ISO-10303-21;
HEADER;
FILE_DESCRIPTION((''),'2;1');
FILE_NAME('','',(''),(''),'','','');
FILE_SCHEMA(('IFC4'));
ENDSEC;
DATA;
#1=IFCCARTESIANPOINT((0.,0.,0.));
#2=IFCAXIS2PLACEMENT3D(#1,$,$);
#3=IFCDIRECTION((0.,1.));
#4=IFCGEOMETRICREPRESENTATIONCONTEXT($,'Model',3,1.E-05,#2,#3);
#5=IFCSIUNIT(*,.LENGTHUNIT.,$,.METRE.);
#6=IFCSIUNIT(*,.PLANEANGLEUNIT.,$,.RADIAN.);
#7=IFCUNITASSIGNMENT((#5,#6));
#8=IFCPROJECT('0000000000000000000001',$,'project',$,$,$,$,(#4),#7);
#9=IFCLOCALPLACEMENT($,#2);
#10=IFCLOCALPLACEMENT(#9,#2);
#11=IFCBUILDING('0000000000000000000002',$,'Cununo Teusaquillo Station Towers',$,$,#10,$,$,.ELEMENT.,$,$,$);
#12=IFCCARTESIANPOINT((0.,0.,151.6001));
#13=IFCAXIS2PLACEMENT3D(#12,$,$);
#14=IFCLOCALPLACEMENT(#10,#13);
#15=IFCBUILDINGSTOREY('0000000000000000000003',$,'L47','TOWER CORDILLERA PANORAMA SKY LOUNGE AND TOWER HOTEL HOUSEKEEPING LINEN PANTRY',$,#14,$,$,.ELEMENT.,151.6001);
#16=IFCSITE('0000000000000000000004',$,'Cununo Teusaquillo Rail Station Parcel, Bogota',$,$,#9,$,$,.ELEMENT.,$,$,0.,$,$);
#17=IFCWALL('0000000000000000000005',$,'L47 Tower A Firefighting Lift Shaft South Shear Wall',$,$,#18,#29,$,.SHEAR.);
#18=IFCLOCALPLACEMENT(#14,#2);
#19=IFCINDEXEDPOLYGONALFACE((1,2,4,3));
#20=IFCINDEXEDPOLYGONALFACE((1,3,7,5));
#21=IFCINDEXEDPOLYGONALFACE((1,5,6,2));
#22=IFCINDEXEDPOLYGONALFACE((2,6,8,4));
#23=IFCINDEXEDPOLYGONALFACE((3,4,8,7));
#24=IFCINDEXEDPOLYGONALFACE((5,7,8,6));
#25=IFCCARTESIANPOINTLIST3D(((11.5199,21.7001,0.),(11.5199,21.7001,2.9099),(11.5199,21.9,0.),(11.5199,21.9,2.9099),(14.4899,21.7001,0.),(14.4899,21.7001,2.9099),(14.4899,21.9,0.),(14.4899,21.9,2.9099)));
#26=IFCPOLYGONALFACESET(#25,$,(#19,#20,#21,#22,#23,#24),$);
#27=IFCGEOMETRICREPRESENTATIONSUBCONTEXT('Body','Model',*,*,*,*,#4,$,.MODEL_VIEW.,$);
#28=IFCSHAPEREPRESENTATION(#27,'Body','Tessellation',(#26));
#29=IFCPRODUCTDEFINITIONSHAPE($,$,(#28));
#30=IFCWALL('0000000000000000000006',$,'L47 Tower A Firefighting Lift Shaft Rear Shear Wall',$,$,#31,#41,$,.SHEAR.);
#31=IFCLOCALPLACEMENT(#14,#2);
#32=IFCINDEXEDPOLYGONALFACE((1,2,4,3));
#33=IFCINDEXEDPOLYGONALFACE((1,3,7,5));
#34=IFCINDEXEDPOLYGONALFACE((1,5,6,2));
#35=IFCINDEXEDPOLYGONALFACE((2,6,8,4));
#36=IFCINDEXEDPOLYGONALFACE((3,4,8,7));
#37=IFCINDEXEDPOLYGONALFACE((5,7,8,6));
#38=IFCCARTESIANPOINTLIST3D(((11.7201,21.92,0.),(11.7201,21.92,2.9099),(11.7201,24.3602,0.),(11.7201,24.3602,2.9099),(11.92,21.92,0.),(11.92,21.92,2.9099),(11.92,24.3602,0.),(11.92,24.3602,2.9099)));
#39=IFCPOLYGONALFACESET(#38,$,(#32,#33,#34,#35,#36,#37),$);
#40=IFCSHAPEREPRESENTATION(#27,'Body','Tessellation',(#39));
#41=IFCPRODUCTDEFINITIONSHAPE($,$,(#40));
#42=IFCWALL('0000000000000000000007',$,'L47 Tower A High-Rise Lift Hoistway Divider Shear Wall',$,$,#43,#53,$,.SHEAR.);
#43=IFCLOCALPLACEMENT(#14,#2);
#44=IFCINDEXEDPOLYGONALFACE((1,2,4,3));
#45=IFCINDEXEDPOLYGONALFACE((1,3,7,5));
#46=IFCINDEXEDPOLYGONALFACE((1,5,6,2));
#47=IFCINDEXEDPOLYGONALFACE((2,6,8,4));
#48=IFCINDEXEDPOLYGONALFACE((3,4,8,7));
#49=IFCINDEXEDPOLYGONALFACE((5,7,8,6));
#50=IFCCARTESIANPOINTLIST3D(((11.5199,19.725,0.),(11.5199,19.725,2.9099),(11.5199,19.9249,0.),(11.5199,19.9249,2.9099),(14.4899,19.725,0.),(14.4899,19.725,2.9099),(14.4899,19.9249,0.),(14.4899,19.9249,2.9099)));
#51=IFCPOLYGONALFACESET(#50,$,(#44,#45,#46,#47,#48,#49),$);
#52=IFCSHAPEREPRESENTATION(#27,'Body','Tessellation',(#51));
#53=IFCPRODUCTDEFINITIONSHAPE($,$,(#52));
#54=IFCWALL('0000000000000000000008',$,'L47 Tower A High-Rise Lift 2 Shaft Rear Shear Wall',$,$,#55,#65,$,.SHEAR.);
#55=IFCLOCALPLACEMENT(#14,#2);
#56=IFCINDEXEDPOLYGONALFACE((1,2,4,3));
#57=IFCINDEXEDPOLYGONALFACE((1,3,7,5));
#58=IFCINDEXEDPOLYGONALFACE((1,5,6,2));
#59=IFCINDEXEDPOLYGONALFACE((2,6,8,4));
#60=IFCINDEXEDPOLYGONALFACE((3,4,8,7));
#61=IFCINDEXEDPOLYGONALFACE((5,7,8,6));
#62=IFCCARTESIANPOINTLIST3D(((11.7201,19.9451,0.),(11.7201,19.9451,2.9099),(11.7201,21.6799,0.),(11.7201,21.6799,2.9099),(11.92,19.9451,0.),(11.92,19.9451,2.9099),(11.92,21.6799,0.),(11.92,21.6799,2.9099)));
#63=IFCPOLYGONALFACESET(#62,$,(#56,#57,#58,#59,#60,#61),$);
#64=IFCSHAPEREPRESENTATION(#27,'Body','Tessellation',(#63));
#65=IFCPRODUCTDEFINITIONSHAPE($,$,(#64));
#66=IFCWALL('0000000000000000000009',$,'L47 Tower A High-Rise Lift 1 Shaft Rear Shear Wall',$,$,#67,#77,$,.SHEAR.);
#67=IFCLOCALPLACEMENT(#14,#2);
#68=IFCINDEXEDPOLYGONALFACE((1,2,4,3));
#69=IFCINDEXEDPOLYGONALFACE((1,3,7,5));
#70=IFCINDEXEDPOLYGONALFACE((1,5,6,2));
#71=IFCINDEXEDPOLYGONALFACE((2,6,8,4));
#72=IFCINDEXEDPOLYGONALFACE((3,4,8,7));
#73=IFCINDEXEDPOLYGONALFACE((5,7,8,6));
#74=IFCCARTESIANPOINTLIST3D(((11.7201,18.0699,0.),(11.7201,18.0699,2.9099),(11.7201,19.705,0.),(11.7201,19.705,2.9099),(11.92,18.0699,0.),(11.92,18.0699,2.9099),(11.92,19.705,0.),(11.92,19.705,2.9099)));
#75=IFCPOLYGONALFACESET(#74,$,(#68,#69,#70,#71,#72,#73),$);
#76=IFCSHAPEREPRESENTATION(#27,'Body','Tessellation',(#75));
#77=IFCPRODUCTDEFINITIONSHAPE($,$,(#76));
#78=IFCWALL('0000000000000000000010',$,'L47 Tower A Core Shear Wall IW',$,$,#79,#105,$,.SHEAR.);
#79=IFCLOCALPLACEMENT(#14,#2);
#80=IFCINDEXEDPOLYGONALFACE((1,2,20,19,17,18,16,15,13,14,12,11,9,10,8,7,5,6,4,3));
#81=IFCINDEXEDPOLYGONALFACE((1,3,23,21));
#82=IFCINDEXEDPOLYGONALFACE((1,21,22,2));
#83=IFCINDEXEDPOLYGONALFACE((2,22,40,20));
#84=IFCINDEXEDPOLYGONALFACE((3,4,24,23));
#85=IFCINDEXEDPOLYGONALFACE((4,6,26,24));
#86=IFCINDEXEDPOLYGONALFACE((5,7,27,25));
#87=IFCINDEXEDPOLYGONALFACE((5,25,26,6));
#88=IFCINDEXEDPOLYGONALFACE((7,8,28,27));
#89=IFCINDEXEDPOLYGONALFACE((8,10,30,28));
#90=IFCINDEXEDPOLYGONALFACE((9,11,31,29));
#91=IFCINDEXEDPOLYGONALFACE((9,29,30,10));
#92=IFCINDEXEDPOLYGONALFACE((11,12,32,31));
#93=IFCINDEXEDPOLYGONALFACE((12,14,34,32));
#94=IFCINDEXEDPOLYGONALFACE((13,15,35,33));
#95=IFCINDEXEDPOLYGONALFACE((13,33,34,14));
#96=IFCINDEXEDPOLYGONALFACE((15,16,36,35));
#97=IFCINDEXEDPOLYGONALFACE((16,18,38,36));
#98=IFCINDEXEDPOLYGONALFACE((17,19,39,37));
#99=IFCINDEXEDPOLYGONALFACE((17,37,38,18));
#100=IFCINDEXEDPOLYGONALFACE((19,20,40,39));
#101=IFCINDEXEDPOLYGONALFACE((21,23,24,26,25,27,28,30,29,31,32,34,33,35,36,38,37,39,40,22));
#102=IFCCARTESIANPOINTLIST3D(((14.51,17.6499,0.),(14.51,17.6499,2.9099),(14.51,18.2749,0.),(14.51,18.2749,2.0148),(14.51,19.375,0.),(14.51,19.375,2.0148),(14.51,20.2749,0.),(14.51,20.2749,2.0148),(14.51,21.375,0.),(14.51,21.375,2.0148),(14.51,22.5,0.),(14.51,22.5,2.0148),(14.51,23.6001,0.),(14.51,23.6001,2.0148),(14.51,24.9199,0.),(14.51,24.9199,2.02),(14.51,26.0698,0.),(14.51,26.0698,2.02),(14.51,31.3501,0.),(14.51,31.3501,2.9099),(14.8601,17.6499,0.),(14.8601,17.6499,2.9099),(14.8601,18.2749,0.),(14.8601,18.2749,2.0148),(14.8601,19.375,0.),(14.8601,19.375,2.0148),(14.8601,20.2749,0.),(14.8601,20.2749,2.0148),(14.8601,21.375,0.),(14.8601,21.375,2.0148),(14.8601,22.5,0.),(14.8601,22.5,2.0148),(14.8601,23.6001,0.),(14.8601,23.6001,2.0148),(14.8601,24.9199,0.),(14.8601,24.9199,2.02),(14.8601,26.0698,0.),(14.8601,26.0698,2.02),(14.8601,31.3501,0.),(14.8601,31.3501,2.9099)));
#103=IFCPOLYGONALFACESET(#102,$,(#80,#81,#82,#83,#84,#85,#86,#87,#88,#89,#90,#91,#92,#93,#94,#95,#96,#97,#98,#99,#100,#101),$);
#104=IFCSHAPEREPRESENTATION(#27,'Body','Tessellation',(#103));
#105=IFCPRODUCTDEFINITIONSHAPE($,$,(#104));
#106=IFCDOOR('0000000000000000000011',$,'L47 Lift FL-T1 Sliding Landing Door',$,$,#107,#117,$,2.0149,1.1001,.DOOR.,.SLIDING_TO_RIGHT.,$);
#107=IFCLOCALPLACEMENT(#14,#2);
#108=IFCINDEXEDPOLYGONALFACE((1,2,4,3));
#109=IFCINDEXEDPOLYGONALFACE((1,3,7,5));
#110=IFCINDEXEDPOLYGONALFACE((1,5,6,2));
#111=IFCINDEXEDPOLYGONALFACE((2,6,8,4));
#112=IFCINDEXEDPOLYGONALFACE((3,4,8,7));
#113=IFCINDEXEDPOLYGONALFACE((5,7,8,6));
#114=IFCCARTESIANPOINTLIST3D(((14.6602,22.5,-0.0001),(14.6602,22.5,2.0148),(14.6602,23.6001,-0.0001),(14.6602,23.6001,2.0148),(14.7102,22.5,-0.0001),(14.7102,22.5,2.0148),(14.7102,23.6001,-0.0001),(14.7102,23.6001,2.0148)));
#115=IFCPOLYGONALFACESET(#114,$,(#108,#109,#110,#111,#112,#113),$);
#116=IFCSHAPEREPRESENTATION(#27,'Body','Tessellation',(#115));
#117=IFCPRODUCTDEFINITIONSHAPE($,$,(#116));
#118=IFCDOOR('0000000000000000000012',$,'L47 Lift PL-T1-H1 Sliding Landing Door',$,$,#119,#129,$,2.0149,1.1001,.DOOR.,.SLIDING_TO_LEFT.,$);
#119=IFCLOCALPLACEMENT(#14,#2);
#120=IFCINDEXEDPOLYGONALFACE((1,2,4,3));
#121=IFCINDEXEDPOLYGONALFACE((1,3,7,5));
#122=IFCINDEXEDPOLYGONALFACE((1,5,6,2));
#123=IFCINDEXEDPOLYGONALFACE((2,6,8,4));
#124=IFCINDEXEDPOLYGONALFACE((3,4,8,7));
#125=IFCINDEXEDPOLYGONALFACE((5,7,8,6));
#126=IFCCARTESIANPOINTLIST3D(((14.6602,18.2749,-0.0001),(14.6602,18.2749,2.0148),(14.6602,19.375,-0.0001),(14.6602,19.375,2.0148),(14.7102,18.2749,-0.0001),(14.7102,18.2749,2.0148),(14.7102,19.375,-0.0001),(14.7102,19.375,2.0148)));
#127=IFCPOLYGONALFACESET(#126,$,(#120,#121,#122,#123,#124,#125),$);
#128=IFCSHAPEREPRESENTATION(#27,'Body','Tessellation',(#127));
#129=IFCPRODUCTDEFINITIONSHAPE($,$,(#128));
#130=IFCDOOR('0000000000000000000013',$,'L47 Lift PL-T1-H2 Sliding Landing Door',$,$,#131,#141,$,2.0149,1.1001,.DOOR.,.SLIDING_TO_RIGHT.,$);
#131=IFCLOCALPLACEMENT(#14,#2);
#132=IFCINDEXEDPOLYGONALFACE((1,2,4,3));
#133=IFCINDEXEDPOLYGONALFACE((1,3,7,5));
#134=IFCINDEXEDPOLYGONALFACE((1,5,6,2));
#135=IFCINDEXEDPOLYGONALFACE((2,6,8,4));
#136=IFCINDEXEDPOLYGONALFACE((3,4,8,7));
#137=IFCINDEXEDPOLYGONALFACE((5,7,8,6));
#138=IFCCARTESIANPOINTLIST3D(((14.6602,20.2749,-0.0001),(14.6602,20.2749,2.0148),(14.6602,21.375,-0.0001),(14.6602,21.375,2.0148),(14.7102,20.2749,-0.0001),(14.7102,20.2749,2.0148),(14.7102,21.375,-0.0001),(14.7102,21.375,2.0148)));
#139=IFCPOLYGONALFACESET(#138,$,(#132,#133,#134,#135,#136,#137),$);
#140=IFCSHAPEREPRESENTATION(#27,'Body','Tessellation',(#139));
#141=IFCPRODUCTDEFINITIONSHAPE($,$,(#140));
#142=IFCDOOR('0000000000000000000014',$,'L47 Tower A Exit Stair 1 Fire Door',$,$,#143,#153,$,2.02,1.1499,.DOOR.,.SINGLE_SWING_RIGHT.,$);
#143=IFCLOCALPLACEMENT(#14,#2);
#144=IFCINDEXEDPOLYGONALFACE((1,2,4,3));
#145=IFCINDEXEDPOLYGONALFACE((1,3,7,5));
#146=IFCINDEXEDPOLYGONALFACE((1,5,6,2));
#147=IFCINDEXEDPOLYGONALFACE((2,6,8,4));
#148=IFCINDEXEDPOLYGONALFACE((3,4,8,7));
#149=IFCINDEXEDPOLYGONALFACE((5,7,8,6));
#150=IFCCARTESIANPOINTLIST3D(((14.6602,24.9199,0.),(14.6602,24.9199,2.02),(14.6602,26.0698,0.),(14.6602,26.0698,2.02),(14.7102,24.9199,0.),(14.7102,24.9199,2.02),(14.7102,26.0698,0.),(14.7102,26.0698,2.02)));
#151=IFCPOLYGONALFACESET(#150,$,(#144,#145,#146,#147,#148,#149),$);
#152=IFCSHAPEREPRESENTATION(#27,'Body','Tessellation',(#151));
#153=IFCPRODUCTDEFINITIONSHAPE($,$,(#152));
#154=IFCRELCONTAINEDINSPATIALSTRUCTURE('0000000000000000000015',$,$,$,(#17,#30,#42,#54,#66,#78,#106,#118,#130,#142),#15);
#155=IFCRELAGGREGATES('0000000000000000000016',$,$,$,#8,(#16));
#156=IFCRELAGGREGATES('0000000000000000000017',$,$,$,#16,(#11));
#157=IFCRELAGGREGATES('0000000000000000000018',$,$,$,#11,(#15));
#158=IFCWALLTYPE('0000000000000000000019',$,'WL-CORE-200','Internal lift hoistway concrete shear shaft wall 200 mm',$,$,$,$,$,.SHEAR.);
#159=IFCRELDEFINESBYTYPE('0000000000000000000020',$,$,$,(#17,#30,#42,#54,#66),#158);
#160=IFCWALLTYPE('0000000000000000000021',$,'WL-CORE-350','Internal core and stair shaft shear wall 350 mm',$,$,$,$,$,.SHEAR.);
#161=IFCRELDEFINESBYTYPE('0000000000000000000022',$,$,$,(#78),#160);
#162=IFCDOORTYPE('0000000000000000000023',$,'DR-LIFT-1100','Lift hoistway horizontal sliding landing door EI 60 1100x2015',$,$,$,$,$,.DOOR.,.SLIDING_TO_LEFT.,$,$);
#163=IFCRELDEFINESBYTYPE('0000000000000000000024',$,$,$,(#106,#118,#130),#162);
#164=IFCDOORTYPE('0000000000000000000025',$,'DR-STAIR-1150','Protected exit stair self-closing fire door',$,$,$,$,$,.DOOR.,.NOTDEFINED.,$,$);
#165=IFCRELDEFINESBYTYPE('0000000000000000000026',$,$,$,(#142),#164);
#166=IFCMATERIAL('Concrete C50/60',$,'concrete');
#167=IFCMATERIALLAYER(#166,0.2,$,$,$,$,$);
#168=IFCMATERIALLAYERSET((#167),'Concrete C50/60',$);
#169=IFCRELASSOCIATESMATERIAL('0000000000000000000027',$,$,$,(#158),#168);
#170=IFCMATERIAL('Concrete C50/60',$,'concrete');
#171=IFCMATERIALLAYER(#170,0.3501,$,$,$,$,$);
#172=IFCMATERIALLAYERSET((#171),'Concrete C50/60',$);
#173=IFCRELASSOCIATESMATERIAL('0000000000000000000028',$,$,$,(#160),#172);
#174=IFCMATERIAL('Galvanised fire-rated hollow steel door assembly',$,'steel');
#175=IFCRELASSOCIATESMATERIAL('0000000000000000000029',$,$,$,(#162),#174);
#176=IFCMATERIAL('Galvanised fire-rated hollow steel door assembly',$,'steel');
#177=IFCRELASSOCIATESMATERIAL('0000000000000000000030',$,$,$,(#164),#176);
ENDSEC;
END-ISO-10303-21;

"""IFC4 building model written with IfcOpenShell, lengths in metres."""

from ifc_helpers import new_model, si_unit, direction, frame, frame_2d, origin, place, context, subcontext, project, spatial, rectangle, extrude, source, transform, mapped, material, layer, layer_set, type_object, element, fill, save


model = new_model("IFC4")

# Units and contexts
model_context = context("Model", 3, precision=1e-05, world=origin(), true_north=direction((0.0, 1.0)))
body_context = subcontext(model_context, "Body", "Model", "MODEL_VIEW")
ifc_project = project(units=[si_unit("LENGTHUNIT", "METRE"), si_unit("PLANEANGLEUNIT", "RADIAN")], contexts=[model_context])

# Site, building, storey
site_placement = place(None, origin())
site = spatial("IfcSite", under=ifc_project, at=site_placement, Name="Cununo Teusaquillo Rail Station Parcel, Bogota", CompositionType="ELEMENT", RefElevation=0.0)
building_placement = place(site_placement, origin())
building = spatial("IfcBuilding", under=site, at=building_placement, Name="Cununo Teusaquillo Station Towers", CompositionType="ELEMENT")
storey_placement = place(building_placement, frame((0.0, 0.0, 151.6001)))
storey = spatial("IfcBuildingStorey", under=building, at=storey_placement, Name="L47", Description="TOWER CORDILLERA PANORAMA SKY LOUNGE AND TOWER HOTEL HOUSEKEEPING LINEN PANTRY", CompositionType="ELEMENT", Elevation=151.6001)

# Walls
ifc_material_1 = material(Name="Concrete C50/60", Category="concrete")
ifc_layer_1 = layer(ifc_material_1, 0.2)
ifc_layer_set_1 = layer_set([ifc_layer_1], Name="Concrete C50/60")
wall_type_1 = type_object("IfcWallType", Name="WL-CORE-200", Description="Internal lift hoistway concrete shear shaft wall 200 mm", PredefinedType="SHEAR", material=ifc_layer_set_1)
wall_1_placement = place(storey_placement, frame((11.52, 21.8, 0.0), z_axis=(0.0, 0.0, 1.0), x_axis=(1.0, 0.0, 0.0)))
element("IfcWall", 1, at=wall_1_placement, inside=storey, type_object=wall_type_1, Name="L47 Tower A Firefighting Lift Shaft South Shear Wall", PredefinedType="SHEAR", context=body_context, shape_type="SweptSolid", body=[
    extrude(rectangle(XDim=2.97, YDim=0.2, at=frame_2d((1.4849, 0.0))), origin(), (0.0, 0.0, 1.0), 2.9099),
])
wall_2_placement = place(storey_placement, frame((11.8201, 21.9199, 0.0), z_axis=(0.0, 0.0, 1.0), x_axis=(0.0, 1.0, 0.0)))
element("IfcWall", 2, at=wall_2_placement, inside=storey, type_object=wall_type_1, Name="L47 Tower A Firefighting Lift Shaft Rear Shear Wall", PredefinedType="SHEAR", context=body_context, shape_type="SweptSolid", body=[
    extrude(rectangle(XDim=2.4402, YDim=0.2, at=frame_2d((1.2202, 0.0))), origin(), (0.0, 0.0, 1.0), 2.9099),
])
wall_3_placement = place(storey_placement, frame((11.52, 19.825, 0.0), z_axis=(0.0, 0.0, 1.0), x_axis=(1.0, 0.0, 0.0)))
element("IfcWall", 3, at=wall_3_placement, inside=storey, type_object=wall_type_1, Name="L47 Tower A High-Rise Lift Hoistway Divider Shear Wall", PredefinedType="SHEAR", context=body_context, shape_type="SweptSolid", body=[
    extrude(rectangle(XDim=2.97, YDim=0.2, at=frame_2d((1.4849, 0.0))), origin(), (0.0, 0.0, 1.0), 2.9099),
])
wall_4_placement = place(storey_placement, frame((11.8201, 19.9451, 0.0), z_axis=(0.0, 0.0, 1.0), x_axis=(0.0, 1.0, 0.0)))
element("IfcWall", 4, at=wall_4_placement, inside=storey, type_object=wall_type_1, Name="L47 Tower A High-Rise Lift 2 Shaft Rear Shear Wall", PredefinedType="SHEAR", context=body_context, shape_type="SweptSolid", body=[
    extrude(rectangle(XDim=1.7349, YDim=0.2, at=frame_2d((0.8674, 0.0))), origin(), (0.0, 0.0, 1.0), 2.9099),
])
wall_5_placement = place(storey_placement, frame((11.8201, 18.0701, 0.0), z_axis=(0.0, 0.0, 1.0), x_axis=(0.0, 1.0, 0.0)))
element("IfcWall", 5, at=wall_5_placement, inside=storey, type_object=wall_type_1, Name="L47 Tower A High-Rise Lift 1 Shaft Rear Shear Wall", PredefinedType="SHEAR", context=body_context, shape_type="SweptSolid", body=[
    extrude(rectangle(XDim=1.635, YDim=0.2, at=frame_2d((0.8174, 0.0))), origin(), (0.0, 0.0, 1.0), 2.9099),
])

# Wall, openings, doors
ifc_material_2 = material(Name="Concrete C50/60", Category="concrete")
ifc_layer_2 = layer(ifc_material_2, 0.3501)
ifc_layer_set_2 = layer_set([ifc_layer_2], Name="Concrete C50/60")
wall_type_2 = type_object("IfcWallType", Name="WL-CORE-350", Description="Internal core and stair shaft shear wall 350 mm", PredefinedType="SHEAR", material=ifc_layer_set_2)
wall_6_placement = place(storey_placement, frame((14.6851, 17.6499, 0.0), z_axis=(0.0, 0.0, 1.0), x_axis=(0.0, 1.0, 0.0)))
wall_6 = element("IfcWall", 6, at=wall_6_placement, inside=storey, type_object=wall_type_2, Name="L47 Tower A Core Shear Wall IW", PredefinedType="SHEAR", context=body_context, shape_type="SweptSolid", body=[
    extrude(rectangle(XDim=13.7002, YDim=0.3501, at=frame_2d((6.8501, 0.0))), origin(), (0.0, 0.0, 1.0), 2.9099),
])
shared_shape_1 = source(origin(), body_context, "Body", "SweptSolid", [
    extrude(rectangle(XDim=1.1001, YDim=2.0149, at=frame_2d((0.55, 1.0073))), frame((0.0, 0.1851, 0.0), z_axis=(0.0, -1.0, 0.0), x_axis=(1.0, 0.0, 0.0)), (0.0, 0.0, 1.0), 0.3701),
])
opening_1_placement = place(wall_6_placement, frame((4.8501, 0.0, 0.0)))
opening_1 = element("IfcOpeningElement", 7, at=opening_1_placement, cuts=wall_6, PredefinedType="OPENING", context=body_context, shape_type="MappedRepresentation", body=[
    mapped(shared_shape_1, transform((0.0, 0.0, 0.0), x_axis=(1.0, 0.0, 0.0), y_axis=(0.0, 1.0, 0.0), z_axis=(0.0, 0.0, 1.0), scale=1.0)),
])
opening_2_placement = place(wall_6_placement, frame((0.625, 0.0, 0.0)))
opening_2 = element("IfcOpeningElement", 8, at=opening_2_placement, cuts=wall_6, PredefinedType="OPENING", context=body_context, shape_type="MappedRepresentation", body=[
    mapped(shared_shape_1, transform((0.0, 0.0, 0.0), x_axis=(1.0, 0.0, 0.0), y_axis=(0.0, 1.0, 0.0), z_axis=(0.0, 0.0, 1.0), scale=1.0)),
])
opening_3_placement = place(wall_6_placement, frame((2.625, 0.0, 0.0)))
opening_3 = element("IfcOpeningElement", 9, at=opening_3_placement, cuts=wall_6, PredefinedType="OPENING", context=body_context, shape_type="MappedRepresentation", body=[
    mapped(shared_shape_1, transform((0.0, 0.0, 0.0), x_axis=(1.0, 0.0, 0.0), y_axis=(0.0, 1.0, 0.0), z_axis=(0.0, 0.0, 1.0), scale=1.0)),
])
shared_shape_2 = source(origin(), body_context, "Body", "SweptSolid", [
    extrude(rectangle(XDim=1.1499, YDim=2.02, at=frame_2d((0.575, 1.01))), frame((0.0, 0.1851, 0.0), z_axis=(0.0, -1.0, 0.0), x_axis=(1.0, 0.0, 0.0)), (0.0, 0.0, 1.0), 0.3701),
])
opening_4_placement = place(wall_6_placement, frame((7.27, 0.0, 0.0)))
opening_4 = element("IfcOpeningElement", 10, at=opening_4_placement, cuts=wall_6, PredefinedType="OPENING", context=body_context, shape_type="MappedRepresentation", body=[
    mapped(shared_shape_2, transform((0.0, 0.0, 0.0), x_axis=(1.0, 0.0, 0.0), y_axis=(0.0, 1.0, 0.0), z_axis=(0.0, 0.0, 1.0), scale=1.0)),
])
ifc_material_3 = material(Name="Galvanised fire-rated hollow steel door assembly", Category="steel")
door_type_1 = type_object("IfcDoorType", Name="DR-LIFT-1100", Description="Lift hoistway horizontal sliding landing door EI 60 1100x2015", OperationType="SLIDING_TO_LEFT", PredefinedType="DOOR", material=ifc_material_3)
shared_shape_3 = source(origin(), body_context, "Body", "SweptSolid", [
    extrude(rectangle(XDim=1.1001, YDim=2.0149, at=frame_2d((0.55, 1.0073))), frame((0.0, 0.0249, 0.0), z_axis=(0.0, -1.0, 0.0), x_axis=(1.0, 0.0, 0.0)), (0.0, 0.0, 1.0), 0.05),
])
door_1_placement = place(opening_1_placement, origin())
door_1 = element("IfcDoor", 11, at=door_1_placement, inside=storey, type_object=door_type_1, Name="L47 Lift FL-T1 Sliding Landing Door", OperationType="SLIDING_TO_RIGHT", OverallHeight=2.0149, OverallWidth=1.1001, PredefinedType="DOOR", context=body_context, shape_type="MappedRepresentation", body=[
    mapped(shared_shape_3, transform((0.0, 0.0, 0.0), x_axis=(1.0, 0.0, 0.0), y_axis=(0.0, 1.0, 0.0), z_axis=(0.0, 0.0, 1.0), scale=1.0)),
])
fill(opening_1, door_1)
door_2_placement = place(opening_2_placement, origin())
door_2 = element("IfcDoor", 12, at=door_2_placement, inside=storey, type_object=door_type_1, Name="L47 Lift PL-T1-H1 Sliding Landing Door", OperationType="SLIDING_TO_LEFT", OverallHeight=2.0149, OverallWidth=1.1001, PredefinedType="DOOR", context=body_context, shape_type="MappedRepresentation", body=[
    mapped(shared_shape_3, transform((0.0, 0.0, 0.0), x_axis=(1.0, 0.0, 0.0), y_axis=(0.0, 1.0, 0.0), z_axis=(0.0, 0.0, 1.0), scale=1.0)),
])
fill(opening_2, door_2)
door_3_placement = place(opening_3_placement, origin())
door_3 = element("IfcDoor", 13, at=door_3_placement, inside=storey, type_object=door_type_1, Name="L47 Lift PL-T1-H2 Sliding Landing Door", OperationType="SLIDING_TO_RIGHT", OverallHeight=2.0149, OverallWidth=1.1001, PredefinedType="DOOR", context=body_context, shape_type="MappedRepresentation", body=[
    mapped(shared_shape_3, transform((0.0, 0.0, 0.0), x_axis=(1.0, 0.0, 0.0), y_axis=(0.0, 1.0, 0.0), z_axis=(0.0, 0.0, 1.0), scale=1.0)),
])
fill(opening_3, door_3)
ifc_material_4 = material(Name="Galvanised fire-rated hollow steel door assembly", Category="steel")
door_type_2 = type_object("IfcDoorType", Name="DR-STAIR-1150", Description="Protected exit stair self-closing fire door", OperationType="NOTDEFINED", PredefinedType="DOOR", material=ifc_material_4)
shared_shape_4 = source(origin(), body_context, "Body", "SweptSolid", [
    extrude(rectangle(XDim=1.1499, YDim=2.02, at=frame_2d((0.575, 1.01))), frame((0.0, 0.0249, 0.0), z_axis=(0.0, -1.0, 0.0), x_axis=(1.0, 0.0, 0.0)), (0.0, 0.0, 1.0), 0.05),
])
door_4_placement = place(opening_4_placement, origin())
door_4 = element("IfcDoor", 14, at=door_4_placement, inside=storey, type_object=door_type_2, Name="L47 Tower A Exit Stair 1 Fire Door", OperationType="SINGLE_SWING_RIGHT", OverallHeight=2.02, OverallWidth=1.1499, PredefinedType="DOOR", context=body_context, shape_type="MappedRepresentation", body=[
    mapped(shared_shape_4, transform((0.0, 0.0, 0.0), x_axis=(1.0, 0.0, 0.0), y_axis=(0.0, 1.0, 0.0), z_axis=(0.0, 0.0, 1.0), scale=1.0)),
])
fill(opening_4, door_4)

save(model, "model.ifc")
